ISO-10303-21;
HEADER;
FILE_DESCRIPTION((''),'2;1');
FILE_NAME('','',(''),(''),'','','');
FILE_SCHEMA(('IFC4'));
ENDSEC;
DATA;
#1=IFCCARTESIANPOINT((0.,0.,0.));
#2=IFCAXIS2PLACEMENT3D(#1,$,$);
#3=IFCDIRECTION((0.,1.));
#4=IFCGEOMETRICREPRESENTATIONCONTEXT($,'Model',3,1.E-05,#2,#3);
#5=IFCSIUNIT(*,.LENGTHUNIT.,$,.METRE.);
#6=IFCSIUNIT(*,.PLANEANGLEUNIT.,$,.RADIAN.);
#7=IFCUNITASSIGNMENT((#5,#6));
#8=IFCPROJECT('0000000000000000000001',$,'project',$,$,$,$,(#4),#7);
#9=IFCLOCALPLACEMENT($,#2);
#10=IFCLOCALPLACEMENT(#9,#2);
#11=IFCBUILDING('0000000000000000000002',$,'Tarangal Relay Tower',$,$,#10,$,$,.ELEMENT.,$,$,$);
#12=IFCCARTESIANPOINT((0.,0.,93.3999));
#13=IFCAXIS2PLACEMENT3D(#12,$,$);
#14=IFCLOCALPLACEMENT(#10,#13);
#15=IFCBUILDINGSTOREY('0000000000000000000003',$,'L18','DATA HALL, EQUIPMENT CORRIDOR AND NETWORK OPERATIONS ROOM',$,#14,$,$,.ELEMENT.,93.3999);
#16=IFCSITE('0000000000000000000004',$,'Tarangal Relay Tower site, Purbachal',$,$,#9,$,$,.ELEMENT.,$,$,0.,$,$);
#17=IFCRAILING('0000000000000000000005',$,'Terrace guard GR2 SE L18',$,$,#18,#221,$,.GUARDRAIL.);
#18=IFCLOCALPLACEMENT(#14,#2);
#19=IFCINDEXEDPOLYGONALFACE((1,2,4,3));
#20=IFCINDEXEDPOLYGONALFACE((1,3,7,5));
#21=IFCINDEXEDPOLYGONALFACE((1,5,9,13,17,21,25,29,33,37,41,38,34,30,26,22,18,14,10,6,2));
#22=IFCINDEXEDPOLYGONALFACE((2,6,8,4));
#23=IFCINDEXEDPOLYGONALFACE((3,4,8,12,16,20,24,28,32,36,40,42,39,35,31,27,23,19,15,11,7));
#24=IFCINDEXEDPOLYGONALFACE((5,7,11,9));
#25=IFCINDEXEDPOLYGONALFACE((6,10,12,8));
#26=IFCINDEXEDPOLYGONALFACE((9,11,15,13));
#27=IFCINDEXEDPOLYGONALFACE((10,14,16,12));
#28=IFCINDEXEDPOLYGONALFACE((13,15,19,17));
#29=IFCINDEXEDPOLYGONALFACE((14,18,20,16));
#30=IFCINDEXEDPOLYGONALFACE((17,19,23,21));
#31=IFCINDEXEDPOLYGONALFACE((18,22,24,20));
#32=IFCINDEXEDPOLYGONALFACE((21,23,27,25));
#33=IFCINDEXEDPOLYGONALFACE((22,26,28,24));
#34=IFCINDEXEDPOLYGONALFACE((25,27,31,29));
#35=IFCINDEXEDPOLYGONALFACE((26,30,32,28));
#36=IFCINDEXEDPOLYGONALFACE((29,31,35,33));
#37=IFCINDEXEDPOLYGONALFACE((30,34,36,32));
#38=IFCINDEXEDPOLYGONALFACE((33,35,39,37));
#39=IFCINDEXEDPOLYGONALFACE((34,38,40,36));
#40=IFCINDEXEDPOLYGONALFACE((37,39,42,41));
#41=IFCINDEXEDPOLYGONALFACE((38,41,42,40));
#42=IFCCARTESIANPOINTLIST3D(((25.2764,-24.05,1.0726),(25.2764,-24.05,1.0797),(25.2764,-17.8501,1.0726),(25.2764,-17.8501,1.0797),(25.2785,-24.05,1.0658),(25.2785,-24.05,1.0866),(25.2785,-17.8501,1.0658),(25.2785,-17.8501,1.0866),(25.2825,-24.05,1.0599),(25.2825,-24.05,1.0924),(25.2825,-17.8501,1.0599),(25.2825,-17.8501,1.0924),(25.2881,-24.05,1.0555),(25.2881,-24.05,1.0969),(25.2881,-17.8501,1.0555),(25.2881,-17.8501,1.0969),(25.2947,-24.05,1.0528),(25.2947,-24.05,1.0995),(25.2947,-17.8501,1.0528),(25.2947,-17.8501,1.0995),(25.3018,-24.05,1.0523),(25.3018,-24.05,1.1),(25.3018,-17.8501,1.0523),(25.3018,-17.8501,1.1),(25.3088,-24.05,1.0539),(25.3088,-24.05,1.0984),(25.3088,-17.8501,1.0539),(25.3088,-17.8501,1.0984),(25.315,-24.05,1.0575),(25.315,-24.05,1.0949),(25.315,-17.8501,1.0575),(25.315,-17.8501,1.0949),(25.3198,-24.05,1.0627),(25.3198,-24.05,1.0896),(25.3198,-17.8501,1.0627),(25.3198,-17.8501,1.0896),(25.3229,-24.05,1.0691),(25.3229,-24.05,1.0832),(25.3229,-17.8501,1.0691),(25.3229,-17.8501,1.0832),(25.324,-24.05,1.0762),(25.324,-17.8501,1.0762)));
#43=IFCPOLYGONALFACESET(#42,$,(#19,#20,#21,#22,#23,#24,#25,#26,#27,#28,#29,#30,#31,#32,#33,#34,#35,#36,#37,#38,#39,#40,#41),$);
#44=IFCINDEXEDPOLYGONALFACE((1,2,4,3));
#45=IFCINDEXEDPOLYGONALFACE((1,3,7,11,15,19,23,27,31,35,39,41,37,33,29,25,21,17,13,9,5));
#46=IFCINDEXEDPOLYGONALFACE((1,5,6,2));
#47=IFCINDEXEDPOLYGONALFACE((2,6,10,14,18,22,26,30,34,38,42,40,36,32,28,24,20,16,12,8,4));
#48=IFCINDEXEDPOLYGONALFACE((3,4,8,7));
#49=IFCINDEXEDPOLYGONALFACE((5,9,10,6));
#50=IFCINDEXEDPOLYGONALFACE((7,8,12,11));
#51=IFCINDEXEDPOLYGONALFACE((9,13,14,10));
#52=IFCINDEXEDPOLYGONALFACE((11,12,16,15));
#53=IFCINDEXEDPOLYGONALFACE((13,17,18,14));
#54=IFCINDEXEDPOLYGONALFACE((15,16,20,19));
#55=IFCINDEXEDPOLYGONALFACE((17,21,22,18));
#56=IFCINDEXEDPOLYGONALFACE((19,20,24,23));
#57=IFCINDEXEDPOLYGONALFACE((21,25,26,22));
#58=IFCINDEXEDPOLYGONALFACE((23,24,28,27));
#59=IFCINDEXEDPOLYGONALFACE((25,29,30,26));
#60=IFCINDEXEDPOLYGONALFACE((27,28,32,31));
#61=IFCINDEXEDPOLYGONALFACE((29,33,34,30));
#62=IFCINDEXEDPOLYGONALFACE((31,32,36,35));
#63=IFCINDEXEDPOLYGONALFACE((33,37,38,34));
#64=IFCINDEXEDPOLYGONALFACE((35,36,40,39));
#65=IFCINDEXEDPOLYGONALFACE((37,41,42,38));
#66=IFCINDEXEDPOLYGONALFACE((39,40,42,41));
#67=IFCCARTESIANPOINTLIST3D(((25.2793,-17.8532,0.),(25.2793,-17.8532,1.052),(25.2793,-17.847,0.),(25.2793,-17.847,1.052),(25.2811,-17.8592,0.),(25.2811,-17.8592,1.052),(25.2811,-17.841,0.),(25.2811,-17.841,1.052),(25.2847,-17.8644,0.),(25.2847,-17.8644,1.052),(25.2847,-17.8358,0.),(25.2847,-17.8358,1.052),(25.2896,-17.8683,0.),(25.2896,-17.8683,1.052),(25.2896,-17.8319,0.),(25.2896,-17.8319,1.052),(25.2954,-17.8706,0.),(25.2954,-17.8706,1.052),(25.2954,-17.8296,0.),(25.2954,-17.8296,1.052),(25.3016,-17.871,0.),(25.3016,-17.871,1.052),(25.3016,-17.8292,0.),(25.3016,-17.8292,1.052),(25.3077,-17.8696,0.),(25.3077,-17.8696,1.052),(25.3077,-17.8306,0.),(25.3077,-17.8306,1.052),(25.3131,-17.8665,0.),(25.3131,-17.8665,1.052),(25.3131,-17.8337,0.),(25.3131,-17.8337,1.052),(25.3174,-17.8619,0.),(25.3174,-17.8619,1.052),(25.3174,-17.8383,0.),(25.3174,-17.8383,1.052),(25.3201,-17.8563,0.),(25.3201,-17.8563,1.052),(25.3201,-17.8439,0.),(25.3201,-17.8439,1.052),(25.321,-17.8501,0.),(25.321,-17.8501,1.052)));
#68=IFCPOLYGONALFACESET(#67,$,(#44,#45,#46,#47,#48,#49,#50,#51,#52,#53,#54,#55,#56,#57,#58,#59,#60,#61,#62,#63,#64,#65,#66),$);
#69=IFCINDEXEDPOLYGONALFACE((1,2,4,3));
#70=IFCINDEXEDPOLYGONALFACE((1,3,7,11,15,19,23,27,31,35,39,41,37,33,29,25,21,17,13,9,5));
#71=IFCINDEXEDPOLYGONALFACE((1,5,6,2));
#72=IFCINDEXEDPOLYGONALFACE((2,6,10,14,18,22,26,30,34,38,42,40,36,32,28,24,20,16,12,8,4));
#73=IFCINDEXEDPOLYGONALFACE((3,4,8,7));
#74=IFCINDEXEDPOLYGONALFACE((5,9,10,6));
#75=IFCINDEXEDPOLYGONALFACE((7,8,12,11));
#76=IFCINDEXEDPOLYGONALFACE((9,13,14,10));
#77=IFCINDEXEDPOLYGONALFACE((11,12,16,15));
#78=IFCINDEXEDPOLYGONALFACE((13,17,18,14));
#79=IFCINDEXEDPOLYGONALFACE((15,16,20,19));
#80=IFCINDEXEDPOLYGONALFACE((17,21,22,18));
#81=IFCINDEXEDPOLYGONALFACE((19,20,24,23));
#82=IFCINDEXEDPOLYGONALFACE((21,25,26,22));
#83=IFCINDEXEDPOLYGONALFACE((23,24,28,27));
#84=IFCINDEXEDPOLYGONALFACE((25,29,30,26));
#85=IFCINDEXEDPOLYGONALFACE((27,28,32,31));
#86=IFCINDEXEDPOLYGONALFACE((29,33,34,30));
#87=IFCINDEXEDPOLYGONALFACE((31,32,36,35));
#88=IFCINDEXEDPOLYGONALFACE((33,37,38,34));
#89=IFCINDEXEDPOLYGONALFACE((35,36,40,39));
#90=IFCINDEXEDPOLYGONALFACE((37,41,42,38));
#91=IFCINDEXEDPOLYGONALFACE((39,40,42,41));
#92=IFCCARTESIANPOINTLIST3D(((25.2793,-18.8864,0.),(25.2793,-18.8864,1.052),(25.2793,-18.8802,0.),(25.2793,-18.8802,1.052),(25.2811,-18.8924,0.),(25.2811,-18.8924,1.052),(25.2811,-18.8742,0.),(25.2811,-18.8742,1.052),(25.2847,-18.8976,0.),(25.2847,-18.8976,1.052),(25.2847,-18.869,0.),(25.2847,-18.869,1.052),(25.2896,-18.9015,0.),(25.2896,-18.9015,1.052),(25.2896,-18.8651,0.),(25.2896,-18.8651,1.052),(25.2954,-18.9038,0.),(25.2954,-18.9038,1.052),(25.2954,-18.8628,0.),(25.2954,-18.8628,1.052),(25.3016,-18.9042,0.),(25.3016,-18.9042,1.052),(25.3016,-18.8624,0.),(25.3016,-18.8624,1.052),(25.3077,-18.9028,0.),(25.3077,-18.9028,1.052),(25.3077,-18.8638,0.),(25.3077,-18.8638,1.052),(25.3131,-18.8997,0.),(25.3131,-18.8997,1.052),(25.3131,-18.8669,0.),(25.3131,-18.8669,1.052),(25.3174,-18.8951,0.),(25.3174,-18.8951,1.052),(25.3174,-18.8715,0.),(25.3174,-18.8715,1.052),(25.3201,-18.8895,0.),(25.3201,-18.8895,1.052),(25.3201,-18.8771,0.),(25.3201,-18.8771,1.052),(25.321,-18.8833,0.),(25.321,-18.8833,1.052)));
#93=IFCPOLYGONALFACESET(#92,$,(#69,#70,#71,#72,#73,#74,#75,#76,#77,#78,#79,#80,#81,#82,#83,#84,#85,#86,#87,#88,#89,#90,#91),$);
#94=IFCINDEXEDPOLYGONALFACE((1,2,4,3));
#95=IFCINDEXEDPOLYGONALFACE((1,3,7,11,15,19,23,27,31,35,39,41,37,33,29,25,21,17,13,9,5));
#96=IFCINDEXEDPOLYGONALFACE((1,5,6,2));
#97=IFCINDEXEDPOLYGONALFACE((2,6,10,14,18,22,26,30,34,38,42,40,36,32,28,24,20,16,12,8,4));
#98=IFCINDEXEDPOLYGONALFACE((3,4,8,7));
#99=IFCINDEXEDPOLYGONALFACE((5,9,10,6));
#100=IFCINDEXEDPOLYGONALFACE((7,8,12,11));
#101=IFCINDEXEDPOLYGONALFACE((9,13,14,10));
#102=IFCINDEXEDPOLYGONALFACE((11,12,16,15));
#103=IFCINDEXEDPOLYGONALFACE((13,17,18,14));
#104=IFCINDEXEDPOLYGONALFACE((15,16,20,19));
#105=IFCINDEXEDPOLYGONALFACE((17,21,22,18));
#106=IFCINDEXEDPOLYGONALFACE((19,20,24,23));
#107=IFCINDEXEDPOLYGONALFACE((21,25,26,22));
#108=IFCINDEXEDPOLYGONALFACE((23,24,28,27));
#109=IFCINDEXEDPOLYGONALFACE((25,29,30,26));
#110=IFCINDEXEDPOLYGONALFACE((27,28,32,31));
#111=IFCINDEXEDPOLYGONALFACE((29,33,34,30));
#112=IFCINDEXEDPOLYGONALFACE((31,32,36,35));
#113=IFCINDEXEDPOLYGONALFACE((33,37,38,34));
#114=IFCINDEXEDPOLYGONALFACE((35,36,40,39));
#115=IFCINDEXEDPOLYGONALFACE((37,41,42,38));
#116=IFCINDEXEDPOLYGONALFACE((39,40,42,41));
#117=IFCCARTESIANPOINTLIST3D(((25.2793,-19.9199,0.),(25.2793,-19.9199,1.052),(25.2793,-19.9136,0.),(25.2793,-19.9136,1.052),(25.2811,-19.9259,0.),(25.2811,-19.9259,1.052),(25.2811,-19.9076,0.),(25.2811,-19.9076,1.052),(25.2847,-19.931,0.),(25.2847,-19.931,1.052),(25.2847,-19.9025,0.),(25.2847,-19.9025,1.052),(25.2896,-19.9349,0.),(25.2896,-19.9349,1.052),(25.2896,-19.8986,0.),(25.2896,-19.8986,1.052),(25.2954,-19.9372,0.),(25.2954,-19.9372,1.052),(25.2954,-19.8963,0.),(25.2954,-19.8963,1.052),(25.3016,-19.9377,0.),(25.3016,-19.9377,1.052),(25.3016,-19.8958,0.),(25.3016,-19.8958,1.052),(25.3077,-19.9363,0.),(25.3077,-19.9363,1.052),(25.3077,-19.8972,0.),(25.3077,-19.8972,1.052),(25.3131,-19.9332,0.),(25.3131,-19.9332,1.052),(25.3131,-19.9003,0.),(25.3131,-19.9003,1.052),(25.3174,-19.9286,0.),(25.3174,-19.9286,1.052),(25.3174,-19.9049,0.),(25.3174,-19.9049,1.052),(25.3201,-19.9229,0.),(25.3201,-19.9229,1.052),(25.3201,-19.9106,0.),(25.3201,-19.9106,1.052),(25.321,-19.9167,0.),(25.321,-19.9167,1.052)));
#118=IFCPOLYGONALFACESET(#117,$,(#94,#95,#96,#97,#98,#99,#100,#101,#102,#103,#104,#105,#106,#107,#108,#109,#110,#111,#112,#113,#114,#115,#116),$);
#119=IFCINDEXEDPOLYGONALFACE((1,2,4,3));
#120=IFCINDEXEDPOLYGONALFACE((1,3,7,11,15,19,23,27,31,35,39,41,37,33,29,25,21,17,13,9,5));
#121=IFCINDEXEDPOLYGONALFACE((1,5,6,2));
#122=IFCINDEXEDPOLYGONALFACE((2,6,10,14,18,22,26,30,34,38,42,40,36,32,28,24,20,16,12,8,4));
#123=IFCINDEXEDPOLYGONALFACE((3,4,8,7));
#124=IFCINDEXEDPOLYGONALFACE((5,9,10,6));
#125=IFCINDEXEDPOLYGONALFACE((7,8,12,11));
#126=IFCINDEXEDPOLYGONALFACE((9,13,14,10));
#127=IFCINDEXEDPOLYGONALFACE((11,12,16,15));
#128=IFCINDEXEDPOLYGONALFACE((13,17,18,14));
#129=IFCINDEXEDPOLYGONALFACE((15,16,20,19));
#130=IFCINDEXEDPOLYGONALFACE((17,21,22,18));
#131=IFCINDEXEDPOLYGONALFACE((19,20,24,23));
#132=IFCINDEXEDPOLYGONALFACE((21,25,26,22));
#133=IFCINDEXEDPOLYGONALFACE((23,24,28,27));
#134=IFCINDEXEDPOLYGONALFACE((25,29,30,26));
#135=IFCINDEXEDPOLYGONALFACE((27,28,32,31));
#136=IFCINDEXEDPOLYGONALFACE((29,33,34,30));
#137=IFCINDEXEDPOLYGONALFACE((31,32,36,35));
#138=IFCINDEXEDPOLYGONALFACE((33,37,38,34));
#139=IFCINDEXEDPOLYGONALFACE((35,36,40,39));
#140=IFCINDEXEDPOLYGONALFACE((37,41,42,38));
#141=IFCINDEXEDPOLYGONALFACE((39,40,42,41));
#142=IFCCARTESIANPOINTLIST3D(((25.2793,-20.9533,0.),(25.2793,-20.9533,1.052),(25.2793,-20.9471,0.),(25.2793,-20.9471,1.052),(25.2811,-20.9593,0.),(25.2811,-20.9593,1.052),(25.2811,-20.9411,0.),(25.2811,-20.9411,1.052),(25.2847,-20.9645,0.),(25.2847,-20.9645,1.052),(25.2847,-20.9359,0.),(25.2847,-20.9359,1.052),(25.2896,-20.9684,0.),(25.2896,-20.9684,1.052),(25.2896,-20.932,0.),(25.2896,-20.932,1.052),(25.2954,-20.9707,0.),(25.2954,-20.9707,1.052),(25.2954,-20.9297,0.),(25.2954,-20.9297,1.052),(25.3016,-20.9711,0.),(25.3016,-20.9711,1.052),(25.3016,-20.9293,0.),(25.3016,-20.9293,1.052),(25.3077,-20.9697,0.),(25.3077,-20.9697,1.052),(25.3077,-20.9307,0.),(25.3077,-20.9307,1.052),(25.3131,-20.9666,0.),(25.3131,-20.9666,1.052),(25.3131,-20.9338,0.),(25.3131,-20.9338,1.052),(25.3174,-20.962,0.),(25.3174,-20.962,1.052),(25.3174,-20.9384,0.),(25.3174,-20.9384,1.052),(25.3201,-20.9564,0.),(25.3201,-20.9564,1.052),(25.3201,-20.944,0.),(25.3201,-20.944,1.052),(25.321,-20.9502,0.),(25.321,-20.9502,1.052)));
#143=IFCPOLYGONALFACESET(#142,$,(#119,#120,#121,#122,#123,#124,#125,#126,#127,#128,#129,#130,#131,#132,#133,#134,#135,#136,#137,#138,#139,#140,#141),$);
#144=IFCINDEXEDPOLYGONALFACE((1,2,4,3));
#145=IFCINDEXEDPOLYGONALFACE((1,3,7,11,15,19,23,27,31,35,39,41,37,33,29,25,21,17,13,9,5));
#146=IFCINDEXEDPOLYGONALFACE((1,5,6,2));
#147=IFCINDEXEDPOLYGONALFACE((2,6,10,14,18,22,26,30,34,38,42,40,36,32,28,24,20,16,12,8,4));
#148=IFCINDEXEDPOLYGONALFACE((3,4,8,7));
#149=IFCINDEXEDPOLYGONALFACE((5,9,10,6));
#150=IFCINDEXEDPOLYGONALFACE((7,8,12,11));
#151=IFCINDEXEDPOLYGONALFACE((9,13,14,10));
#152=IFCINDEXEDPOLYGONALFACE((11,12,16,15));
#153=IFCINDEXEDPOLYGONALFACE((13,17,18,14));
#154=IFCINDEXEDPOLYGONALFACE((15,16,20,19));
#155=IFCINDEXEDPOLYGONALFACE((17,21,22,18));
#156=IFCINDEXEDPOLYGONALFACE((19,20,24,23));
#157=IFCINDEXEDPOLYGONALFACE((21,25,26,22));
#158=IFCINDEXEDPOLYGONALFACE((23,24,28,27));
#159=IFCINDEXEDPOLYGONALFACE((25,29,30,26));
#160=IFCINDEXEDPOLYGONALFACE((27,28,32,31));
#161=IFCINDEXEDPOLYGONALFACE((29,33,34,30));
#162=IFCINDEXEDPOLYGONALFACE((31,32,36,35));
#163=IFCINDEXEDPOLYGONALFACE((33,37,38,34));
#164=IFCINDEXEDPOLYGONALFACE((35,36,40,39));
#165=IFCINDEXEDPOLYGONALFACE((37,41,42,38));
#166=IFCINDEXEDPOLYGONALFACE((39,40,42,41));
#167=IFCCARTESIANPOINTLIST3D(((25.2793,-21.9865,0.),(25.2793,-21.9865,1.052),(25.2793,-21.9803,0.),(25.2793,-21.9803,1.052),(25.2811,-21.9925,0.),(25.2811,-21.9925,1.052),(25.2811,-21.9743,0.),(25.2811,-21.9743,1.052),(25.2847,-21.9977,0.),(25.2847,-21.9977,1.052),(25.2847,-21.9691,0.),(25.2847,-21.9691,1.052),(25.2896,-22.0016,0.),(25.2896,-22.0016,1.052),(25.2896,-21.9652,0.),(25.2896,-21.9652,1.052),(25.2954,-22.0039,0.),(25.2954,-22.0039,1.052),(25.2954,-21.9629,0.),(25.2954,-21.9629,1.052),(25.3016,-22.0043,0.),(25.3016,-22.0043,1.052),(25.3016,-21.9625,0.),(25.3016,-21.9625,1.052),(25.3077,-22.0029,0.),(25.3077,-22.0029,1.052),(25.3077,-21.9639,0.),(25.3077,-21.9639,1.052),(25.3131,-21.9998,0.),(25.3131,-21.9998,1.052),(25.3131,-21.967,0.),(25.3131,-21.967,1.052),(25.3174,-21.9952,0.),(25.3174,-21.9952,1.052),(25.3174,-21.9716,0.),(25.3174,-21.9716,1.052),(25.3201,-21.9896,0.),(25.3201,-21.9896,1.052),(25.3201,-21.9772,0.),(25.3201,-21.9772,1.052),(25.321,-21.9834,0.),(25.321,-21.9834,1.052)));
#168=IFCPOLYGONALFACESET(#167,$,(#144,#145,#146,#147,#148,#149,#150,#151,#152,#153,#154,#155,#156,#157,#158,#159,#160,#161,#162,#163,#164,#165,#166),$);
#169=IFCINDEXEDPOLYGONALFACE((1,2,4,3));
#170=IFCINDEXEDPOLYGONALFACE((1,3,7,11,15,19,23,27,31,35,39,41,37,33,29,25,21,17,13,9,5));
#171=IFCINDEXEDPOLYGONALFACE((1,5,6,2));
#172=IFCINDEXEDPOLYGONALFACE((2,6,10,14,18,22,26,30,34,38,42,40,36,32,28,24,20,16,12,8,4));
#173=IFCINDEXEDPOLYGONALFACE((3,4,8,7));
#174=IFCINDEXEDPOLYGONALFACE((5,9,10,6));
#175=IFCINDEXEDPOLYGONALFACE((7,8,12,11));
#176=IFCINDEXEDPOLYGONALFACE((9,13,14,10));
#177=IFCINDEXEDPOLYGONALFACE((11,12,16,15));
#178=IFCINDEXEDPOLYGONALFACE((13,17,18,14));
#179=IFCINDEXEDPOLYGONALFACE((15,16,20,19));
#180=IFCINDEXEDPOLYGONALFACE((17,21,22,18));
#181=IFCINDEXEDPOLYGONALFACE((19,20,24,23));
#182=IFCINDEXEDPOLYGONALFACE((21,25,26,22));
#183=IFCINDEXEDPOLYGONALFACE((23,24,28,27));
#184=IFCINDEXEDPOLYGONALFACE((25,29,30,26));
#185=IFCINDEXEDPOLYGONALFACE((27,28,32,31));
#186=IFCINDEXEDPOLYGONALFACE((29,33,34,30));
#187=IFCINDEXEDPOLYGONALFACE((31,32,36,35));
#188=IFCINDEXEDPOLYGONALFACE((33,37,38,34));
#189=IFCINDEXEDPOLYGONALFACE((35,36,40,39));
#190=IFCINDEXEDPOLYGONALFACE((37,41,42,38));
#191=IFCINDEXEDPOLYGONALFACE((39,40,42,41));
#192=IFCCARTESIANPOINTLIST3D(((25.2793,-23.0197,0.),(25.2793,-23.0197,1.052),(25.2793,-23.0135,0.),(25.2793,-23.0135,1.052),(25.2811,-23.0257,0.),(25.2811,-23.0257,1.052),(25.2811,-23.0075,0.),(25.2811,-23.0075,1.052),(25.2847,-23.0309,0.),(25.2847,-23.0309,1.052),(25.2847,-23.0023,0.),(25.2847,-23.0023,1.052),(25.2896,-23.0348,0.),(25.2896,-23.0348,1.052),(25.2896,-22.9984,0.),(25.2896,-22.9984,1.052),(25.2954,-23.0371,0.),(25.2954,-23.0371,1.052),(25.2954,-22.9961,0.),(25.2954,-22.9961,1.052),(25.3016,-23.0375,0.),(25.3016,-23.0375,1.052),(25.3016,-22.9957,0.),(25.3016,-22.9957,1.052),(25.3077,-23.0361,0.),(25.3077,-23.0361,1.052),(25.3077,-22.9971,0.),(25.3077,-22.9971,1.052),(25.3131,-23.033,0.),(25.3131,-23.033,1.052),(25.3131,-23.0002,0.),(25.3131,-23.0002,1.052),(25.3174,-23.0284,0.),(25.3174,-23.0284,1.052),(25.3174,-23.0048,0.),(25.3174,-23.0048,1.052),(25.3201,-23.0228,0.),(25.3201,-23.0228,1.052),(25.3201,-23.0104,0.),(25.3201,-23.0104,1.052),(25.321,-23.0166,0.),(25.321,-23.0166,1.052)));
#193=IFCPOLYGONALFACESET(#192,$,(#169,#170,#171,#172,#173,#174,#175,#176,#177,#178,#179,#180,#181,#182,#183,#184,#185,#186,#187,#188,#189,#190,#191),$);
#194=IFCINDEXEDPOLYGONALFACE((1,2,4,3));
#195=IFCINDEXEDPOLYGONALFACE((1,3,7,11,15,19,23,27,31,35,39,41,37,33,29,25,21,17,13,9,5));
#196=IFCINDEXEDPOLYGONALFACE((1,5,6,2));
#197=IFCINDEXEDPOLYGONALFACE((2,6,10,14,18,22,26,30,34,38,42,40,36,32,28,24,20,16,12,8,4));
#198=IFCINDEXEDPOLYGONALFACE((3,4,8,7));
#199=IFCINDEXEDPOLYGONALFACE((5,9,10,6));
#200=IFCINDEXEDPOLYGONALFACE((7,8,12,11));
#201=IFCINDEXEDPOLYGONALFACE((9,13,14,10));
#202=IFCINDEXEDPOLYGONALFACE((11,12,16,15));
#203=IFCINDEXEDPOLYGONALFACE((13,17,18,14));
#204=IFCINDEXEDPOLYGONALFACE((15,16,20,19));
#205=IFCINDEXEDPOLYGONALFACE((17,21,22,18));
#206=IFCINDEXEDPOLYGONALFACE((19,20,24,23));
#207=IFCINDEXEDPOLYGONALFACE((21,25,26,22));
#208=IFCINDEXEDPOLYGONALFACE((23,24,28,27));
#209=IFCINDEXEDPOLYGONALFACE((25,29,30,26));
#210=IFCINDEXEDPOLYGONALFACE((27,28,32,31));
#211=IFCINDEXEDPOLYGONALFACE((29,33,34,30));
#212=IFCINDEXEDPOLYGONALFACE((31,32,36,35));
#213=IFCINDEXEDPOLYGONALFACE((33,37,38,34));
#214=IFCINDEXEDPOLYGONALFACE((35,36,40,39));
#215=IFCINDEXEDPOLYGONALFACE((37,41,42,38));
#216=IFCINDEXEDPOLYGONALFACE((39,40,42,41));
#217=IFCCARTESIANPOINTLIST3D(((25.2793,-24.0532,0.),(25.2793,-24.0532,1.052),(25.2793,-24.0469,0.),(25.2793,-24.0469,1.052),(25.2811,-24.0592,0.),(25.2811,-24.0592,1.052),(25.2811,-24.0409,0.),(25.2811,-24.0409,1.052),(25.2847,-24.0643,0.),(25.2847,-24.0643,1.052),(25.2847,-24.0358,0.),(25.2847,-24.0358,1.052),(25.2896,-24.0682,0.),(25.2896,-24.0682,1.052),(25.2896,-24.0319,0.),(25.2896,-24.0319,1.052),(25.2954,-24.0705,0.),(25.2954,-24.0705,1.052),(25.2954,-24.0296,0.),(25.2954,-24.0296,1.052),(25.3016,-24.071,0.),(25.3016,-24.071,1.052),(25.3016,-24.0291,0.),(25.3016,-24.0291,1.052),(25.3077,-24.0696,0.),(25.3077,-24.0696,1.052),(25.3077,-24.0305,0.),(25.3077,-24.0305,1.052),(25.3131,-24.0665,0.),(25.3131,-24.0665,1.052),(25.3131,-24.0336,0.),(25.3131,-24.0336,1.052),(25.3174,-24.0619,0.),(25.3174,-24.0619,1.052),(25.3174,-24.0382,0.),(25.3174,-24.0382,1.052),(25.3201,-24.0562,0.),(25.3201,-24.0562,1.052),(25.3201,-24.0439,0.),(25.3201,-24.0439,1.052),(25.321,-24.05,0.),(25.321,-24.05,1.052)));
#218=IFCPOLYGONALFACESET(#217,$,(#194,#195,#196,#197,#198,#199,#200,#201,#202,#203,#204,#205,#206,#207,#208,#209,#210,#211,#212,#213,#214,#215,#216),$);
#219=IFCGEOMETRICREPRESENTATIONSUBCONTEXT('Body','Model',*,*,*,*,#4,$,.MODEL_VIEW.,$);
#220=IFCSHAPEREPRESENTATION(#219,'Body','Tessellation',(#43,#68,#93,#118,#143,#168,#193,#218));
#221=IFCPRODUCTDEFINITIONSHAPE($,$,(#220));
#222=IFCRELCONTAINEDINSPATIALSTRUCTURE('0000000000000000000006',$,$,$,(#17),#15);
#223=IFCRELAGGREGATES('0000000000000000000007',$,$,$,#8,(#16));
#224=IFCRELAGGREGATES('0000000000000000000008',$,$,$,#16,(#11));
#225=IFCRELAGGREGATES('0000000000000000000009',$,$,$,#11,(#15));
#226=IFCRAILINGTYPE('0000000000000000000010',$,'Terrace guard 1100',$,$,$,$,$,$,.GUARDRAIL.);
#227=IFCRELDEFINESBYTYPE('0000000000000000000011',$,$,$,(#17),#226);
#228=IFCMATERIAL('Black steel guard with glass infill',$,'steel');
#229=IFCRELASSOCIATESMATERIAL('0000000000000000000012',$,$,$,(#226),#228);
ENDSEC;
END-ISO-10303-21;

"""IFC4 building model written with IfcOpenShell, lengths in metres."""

from ifc_helpers import new_model, si_unit, direction, frame, origin, origin_2d, place, context, subcontext, project, spatial, circle, extrude, material, type_object, element, save


model = new_model("IFC4")

# Units and contexts
model_context = context("Model", 3, precision=1e-05, world=origin(), true_north=direction((0.0, 1.0)))
body_context = subcontext(model_context, "Body", "Model", "MODEL_VIEW")
ifc_project = project(units=[si_unit("LENGTHUNIT", "METRE"), si_unit("PLANEANGLEUNIT", "RADIAN")], contexts=[model_context])

# Site, building, storey
site_placement = place(None, origin())
site = spatial("IfcSite", under=ifc_project, at=site_placement, Name="Tarangal Relay Tower site, Purbachal", CompositionType="ELEMENT", RefElevation=0.0)
building_placement = place(site_placement, origin())
building = spatial("IfcBuilding", under=site, at=building_placement, Name="Tarangal Relay Tower", CompositionType="ELEMENT")
storey_placement = place(building_placement, frame((0.0, 0.0, 93.3999)))
storey = spatial("IfcBuildingStorey", under=building, at=storey_placement, Name="L18", Description="DATA HALL, EQUIPMENT CORRIDOR AND NETWORK OPERATIONS ROOM", CompositionType="ELEMENT", Elevation=93.3999)

# Railing
ifc_material_1 = material(Name="Black steel guard with glass infill", Category="steel")
railing_type = type_object("IfcRailingType", Name="Terrace guard 1100", PredefinedType="GUARDRAIL", material=ifc_material_1)
railing_1_placement = place(storey_placement, frame((25.3, -17.8501, 0.0)))
element("IfcRailing", 1, at=railing_1_placement, inside=storey, type_object=railing_type, Name="Terrace guard GR2 SE L18", PredefinedType="GUARDRAIL", context=body_context, shape_type="SweptSolid", body=[
    extrude(circle(Radius=0.0239, at=origin_2d()), frame((0.0, 0.0, 1.0762), z_axis=(0.0, -1.0, 0.0), x_axis=(1.0, 0.0, 0.0)), (0.0, 0.0, 1.0), 6.2),
    extrude(circle(Radius=0.021, at=origin_2d()), origin(), (0.0, 0.0, 1.0), 1.052),
    extrude(circle(Radius=0.021, at=origin_2d()), frame((0.0, -1.0332, 0.0)), (0.0, 0.0, 1.0), 1.052),
    extrude(circle(Radius=0.021, at=origin_2d()), frame((0.0, -2.0667, 0.0)), (0.0, 0.0, 1.0), 1.052),
    extrude(circle(Radius=0.021, at=origin_2d()), frame((0.0, -3.1001, 0.0)), (0.0, 0.0, 1.0), 1.052),
    extrude(circle(Radius=0.021, at=origin_2d()), frame((0.0, -4.1333, 0.0)), (0.0, 0.0, 1.0), 1.052),
    extrude(circle(Radius=0.021, at=origin_2d()), frame((0.0, -5.1665, 0.0)), (0.0, 0.0, 1.0), 1.052),
    extrude(circle(Radius=0.021, at=origin_2d()), frame((0.0, -6.2, 0.0)), (0.0, 0.0, 1.0), 1.052),
])

save(model, "model.ifc")
